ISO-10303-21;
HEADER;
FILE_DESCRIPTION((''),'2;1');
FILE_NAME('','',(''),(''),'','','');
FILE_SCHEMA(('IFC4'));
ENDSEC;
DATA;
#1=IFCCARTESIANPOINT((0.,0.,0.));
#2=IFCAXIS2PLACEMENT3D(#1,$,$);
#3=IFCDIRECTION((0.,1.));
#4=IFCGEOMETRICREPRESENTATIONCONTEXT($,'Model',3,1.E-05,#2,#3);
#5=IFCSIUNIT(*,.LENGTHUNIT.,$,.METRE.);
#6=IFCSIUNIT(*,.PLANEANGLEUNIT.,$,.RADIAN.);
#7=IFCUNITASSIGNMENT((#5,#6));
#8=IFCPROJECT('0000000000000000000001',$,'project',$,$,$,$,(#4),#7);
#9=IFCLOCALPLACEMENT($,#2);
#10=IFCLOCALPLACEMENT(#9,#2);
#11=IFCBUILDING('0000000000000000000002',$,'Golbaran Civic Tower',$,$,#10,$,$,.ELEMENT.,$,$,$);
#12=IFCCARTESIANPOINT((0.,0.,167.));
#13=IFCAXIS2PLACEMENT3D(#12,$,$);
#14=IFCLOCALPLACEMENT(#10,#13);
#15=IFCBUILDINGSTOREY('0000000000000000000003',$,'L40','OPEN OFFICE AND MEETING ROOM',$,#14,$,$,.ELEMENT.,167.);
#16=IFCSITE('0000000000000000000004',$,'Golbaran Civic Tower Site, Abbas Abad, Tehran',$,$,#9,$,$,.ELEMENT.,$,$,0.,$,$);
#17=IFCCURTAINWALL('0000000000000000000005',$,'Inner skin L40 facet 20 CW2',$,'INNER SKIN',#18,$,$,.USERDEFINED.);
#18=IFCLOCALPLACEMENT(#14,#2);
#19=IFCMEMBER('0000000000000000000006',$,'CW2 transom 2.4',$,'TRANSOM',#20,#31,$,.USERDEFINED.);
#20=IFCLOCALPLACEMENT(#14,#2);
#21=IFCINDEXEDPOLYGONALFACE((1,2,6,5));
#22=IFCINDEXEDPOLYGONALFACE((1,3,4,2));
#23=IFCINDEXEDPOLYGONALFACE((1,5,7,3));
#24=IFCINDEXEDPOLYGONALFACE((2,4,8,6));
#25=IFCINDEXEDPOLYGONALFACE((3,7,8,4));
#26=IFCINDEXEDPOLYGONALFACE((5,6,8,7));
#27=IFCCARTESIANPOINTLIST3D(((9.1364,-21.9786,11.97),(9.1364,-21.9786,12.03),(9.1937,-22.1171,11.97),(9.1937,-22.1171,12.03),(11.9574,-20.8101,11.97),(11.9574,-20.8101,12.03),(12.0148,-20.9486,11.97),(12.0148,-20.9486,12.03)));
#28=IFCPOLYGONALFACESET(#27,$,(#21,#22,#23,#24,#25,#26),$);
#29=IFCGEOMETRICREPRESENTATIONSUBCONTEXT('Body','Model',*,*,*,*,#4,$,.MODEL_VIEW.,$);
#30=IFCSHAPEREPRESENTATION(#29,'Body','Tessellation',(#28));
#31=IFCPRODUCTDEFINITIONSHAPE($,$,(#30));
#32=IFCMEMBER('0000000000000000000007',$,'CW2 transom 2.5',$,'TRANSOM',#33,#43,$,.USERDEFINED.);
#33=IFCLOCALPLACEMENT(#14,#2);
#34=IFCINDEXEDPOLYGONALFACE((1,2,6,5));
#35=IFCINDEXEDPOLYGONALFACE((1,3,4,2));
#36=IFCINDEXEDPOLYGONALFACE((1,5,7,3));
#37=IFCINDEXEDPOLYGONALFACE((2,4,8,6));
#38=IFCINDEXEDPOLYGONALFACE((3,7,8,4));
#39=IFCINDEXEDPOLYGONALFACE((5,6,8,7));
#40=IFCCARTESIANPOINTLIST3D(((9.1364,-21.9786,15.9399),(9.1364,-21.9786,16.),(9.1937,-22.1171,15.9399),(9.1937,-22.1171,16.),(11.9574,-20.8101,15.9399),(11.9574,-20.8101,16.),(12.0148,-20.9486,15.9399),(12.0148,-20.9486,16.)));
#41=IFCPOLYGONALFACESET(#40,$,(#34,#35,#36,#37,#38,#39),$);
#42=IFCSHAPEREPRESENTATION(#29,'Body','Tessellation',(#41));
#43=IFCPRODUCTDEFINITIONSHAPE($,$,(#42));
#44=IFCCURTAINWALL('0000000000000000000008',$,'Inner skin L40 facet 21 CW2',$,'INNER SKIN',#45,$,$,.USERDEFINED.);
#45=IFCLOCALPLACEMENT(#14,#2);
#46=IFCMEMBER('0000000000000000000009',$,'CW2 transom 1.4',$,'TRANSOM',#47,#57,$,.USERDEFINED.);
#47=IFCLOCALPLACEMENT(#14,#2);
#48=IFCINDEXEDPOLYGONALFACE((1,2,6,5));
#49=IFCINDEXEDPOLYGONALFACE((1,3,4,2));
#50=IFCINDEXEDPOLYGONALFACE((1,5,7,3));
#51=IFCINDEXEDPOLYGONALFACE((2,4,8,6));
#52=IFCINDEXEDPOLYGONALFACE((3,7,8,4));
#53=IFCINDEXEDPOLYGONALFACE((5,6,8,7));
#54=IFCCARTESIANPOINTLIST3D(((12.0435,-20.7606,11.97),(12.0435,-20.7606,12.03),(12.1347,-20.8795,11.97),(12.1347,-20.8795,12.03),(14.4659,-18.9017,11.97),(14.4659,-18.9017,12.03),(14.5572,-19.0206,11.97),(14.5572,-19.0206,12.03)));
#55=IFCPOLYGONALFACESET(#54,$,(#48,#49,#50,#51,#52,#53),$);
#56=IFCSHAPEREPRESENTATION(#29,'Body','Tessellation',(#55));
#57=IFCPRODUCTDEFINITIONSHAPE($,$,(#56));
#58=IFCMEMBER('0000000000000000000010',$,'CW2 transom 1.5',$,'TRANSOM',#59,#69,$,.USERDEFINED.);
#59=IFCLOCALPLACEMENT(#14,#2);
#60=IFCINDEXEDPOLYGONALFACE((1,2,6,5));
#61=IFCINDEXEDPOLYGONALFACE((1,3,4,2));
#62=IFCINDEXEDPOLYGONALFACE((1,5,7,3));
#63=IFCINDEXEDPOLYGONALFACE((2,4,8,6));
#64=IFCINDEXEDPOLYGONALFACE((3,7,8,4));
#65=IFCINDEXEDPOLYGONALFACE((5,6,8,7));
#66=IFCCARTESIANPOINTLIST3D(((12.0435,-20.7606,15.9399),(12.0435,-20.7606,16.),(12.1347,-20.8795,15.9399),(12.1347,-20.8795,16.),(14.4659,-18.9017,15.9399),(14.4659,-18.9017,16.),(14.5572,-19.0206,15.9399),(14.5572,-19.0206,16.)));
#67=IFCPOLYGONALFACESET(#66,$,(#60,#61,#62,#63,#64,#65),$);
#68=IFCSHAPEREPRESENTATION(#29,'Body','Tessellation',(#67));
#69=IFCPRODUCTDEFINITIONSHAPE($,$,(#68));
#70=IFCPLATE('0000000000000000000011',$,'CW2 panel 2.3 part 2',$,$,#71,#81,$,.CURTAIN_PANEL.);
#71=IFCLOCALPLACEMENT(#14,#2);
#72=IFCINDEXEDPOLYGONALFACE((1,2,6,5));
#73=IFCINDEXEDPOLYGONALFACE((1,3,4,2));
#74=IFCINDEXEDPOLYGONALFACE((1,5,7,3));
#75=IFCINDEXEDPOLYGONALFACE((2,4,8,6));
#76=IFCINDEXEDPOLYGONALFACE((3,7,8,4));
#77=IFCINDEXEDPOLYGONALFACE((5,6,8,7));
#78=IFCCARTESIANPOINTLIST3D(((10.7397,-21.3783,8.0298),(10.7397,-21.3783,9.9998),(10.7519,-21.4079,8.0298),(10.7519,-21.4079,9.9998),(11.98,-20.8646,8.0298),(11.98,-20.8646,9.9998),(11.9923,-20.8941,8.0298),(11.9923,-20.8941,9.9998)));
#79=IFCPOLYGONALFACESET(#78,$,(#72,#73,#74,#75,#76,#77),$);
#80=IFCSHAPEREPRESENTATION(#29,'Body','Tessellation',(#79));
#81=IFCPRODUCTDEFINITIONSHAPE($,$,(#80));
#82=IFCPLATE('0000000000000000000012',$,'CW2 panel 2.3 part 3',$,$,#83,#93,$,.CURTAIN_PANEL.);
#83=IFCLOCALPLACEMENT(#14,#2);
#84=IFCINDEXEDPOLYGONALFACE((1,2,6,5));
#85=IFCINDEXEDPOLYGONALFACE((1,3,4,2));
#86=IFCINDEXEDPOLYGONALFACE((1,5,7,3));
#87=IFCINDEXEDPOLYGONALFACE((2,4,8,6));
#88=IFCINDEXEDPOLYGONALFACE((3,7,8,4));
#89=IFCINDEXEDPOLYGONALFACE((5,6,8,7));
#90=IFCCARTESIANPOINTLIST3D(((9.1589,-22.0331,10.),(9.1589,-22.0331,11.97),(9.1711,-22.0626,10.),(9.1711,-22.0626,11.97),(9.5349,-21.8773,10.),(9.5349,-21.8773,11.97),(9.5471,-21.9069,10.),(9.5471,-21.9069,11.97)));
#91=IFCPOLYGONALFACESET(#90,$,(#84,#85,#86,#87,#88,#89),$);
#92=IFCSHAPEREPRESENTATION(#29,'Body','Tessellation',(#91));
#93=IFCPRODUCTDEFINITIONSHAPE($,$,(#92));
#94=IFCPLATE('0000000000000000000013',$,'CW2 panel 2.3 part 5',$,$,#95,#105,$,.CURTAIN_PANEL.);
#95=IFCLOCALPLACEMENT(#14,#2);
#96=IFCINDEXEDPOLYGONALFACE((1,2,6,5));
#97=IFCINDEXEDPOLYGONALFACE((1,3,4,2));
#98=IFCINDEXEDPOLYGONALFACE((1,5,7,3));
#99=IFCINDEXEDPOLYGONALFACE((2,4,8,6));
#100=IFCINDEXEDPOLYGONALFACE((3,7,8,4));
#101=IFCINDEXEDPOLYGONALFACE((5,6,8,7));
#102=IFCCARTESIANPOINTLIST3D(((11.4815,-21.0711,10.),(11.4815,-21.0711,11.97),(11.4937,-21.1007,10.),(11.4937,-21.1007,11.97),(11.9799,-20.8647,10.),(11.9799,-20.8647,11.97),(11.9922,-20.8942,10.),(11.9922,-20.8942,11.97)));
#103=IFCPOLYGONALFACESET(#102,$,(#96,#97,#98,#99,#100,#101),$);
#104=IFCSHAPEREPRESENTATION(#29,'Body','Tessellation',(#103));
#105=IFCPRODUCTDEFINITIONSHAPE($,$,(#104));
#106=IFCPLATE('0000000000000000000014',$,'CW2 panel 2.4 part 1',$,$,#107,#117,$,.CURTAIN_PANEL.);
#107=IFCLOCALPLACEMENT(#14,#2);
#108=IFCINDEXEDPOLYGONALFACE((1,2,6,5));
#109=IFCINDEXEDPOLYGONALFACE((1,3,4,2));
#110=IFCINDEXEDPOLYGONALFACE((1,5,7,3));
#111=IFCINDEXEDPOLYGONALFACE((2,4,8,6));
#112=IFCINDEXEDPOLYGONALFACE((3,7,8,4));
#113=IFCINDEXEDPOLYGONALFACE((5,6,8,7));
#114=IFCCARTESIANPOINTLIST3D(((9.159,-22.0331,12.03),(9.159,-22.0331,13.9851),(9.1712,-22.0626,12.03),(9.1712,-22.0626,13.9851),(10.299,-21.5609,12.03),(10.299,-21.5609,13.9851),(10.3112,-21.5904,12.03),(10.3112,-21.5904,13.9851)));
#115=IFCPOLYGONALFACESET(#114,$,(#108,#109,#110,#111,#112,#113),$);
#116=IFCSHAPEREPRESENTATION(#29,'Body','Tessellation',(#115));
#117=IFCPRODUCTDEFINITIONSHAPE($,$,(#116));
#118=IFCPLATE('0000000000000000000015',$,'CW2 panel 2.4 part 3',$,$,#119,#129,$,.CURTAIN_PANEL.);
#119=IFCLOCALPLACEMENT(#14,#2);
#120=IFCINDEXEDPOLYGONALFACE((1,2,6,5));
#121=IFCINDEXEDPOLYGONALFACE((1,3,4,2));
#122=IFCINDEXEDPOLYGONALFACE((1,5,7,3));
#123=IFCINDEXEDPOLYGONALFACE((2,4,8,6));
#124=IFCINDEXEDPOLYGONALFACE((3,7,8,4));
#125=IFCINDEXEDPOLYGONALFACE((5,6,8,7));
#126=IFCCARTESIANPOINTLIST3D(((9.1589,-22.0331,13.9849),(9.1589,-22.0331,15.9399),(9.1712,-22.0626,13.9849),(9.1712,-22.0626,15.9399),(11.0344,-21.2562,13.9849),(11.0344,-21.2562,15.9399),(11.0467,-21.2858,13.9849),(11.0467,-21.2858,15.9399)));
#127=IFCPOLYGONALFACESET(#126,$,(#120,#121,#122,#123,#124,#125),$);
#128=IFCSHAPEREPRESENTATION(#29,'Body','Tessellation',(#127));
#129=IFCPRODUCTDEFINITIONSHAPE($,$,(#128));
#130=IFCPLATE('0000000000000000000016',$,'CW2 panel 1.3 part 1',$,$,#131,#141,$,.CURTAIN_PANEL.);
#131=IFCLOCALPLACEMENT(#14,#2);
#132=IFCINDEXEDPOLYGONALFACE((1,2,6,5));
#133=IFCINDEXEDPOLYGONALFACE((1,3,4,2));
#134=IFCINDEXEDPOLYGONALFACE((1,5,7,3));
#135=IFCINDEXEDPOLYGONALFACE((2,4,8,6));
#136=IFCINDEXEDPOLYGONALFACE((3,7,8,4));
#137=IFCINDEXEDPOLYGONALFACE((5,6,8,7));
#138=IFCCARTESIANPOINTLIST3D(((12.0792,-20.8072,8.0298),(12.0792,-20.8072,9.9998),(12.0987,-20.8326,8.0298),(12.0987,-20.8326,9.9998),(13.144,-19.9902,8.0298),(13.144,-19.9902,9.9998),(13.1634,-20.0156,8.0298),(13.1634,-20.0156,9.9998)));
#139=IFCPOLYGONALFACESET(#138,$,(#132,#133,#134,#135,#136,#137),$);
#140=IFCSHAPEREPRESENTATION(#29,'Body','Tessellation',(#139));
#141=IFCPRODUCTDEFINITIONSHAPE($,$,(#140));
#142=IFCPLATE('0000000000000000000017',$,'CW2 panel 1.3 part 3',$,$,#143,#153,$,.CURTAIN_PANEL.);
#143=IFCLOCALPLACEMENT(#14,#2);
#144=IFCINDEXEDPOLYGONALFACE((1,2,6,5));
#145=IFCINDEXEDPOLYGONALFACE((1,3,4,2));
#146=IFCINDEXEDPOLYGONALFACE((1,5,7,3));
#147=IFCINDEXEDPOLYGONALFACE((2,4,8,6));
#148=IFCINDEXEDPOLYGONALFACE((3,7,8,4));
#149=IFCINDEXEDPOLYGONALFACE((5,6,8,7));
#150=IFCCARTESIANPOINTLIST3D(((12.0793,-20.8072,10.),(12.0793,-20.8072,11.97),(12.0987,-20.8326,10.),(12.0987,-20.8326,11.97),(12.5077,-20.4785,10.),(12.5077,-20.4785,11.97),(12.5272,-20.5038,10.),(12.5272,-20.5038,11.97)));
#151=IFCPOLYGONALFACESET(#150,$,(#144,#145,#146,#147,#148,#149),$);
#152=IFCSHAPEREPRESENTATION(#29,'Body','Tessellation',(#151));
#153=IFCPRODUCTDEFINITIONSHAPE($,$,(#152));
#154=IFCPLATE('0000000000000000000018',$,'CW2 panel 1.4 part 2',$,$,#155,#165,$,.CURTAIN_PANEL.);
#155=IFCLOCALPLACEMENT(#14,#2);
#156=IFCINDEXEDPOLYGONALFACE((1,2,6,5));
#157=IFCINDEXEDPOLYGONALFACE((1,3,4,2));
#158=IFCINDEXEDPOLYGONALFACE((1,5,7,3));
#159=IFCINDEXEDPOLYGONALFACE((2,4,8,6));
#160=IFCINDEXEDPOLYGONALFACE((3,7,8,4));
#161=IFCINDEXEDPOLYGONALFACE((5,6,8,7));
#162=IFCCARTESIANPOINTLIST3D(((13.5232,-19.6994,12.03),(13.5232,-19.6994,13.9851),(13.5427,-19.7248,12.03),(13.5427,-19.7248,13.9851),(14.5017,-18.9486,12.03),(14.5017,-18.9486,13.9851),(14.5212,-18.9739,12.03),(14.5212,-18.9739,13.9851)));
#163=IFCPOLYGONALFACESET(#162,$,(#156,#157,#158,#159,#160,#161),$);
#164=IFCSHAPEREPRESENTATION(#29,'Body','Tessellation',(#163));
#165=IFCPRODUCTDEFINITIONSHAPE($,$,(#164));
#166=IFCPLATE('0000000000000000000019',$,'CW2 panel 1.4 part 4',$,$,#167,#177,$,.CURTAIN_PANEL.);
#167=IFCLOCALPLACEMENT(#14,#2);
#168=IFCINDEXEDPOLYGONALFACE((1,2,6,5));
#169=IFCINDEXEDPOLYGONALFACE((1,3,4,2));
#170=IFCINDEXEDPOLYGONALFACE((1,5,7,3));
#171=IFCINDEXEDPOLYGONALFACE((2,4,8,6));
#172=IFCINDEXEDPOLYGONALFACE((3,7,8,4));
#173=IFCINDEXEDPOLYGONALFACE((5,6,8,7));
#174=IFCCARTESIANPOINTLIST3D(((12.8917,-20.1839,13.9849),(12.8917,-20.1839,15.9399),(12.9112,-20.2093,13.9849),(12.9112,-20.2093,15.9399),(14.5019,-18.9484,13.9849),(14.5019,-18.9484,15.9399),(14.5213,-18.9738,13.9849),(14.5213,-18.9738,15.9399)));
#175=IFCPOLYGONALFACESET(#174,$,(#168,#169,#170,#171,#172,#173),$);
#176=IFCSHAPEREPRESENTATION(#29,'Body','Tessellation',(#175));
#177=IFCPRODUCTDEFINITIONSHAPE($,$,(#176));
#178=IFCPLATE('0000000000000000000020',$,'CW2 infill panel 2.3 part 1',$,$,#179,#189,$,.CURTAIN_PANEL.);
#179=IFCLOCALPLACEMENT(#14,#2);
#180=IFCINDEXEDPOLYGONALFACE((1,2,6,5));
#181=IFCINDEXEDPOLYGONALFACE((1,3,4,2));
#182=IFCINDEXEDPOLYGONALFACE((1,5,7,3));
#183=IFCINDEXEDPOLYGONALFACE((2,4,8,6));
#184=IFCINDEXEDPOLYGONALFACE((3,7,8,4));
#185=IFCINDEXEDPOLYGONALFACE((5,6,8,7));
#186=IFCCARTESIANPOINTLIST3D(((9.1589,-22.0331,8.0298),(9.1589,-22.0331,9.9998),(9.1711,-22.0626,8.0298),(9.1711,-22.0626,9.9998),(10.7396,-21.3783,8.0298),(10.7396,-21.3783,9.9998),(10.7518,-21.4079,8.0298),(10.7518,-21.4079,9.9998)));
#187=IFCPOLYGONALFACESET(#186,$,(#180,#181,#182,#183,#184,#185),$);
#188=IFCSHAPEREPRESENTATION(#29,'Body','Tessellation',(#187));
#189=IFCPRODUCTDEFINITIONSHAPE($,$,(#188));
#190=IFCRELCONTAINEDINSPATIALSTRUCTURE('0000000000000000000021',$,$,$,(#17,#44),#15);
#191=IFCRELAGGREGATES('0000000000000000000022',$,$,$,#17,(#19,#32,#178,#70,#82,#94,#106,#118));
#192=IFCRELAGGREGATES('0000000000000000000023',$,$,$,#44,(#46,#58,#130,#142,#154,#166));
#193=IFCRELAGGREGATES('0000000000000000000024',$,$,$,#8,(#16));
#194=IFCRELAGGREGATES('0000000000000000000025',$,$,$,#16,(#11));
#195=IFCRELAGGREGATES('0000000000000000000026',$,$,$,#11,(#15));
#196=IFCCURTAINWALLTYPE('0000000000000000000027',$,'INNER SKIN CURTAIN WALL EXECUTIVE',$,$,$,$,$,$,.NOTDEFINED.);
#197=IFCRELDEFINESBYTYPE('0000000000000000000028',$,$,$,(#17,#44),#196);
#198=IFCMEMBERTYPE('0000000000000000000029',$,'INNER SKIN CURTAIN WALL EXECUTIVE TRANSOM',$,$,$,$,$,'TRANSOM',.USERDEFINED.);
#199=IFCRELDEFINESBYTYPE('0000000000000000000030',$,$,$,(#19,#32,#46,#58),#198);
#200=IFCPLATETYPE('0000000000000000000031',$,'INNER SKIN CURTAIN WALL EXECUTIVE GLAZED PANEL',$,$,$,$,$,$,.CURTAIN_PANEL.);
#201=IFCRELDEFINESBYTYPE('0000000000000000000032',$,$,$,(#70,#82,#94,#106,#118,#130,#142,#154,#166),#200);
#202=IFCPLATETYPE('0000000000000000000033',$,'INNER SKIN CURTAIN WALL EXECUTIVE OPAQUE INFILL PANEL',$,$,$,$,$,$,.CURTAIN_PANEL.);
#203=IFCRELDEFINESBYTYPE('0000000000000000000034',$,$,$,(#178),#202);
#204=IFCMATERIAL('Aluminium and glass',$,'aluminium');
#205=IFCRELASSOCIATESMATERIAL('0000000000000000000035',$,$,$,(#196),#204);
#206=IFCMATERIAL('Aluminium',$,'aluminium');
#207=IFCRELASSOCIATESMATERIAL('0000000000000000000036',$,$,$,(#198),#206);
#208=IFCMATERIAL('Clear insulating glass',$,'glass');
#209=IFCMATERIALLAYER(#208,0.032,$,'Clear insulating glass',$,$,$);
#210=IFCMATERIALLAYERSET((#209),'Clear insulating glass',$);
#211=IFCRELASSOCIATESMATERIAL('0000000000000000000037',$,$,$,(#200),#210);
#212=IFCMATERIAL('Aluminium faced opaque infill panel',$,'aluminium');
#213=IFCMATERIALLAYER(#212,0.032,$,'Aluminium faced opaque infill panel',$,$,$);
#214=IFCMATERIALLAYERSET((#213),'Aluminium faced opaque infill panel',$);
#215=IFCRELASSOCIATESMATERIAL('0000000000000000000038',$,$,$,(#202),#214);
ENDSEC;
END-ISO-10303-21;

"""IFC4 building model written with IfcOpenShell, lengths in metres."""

from ifc_helpers import new_model, si_unit, direction, frame, origin, origin_2d, place, context, subcontext, project, spatial, rectangle, extrude, material, layer, layer_set, material_profile, profile_set, type_object, element, aggregate, save


model = new_model("IFC4")

# Units and contexts
model_context = context("Model", 3, precision=1e-05, world=origin(), true_north=direction((0.0, 1.0)))
body_context = subcontext(model_context, "Body", "Model", "MODEL_VIEW")
ifc_project = project(units=[si_unit("LENGTHUNIT", "METRE"), si_unit("PLANEANGLEUNIT", "RADIAN")], contexts=[model_context])

# Site, building, storey
site_placement = place(None, origin())
site = spatial("IfcSite", under=ifc_project, at=site_placement, Name="Golbaran Civic Tower Site, Abbas Abad, Tehran", CompositionType="ELEMENT", RefElevation=0.0)
building_placement = place(site_placement, origin())
building = spatial("IfcBuilding", under=site, at=building_placement, Name="Golbaran Civic Tower", CompositionType="ELEMENT")
storey_placement = place(building_placement, frame((0.0, 0.0, 167.0)))
storey = spatial("IfcBuildingStorey", under=building, at=storey_placement, Name="L40", Description="OPEN OFFICE AND MEETING ROOM", CompositionType="ELEMENT", Elevation=167.0)

# Curtain walls, members
ifc_material_1 = material(Name="Aluminium and glass", Category="aluminium")
curtain_wall_type = type_object("IfcCurtainWallType", Name="INNER SKIN CURTAIN WALL EXECUTIVE", PredefinedType="NOTDEFINED", material=ifc_material_1)
curtain_wall_1_placement = place(storey_placement, origin())
curtain_wall_1 = element("IfcCurtainWall", 1, at=curtain_wall_1_placement, inside=storey, type_object=curtain_wall_type, Name="Inner skin L40 facet 20 CW2", ObjectType="INNER SKIN", PredefinedType="USERDEFINED")
ifc_material_2 = material(Name="Aluminium", Category="aluminium")
ifc_material_profile = material_profile(ifc_material_2, rectangle(XDim=0.1499, YDim=0.0601, at=origin_2d()), Name="INNER SKIN CURTAIN WALL EXECUTIVE TRANSOM")
ifc_profile_set = profile_set([ifc_material_profile], Name="Aluminium")
member_type = type_object("IfcMemberType", Name="INNER SKIN CURTAIN WALL EXECUTIVE TRANSOM", ElementType="TRANSOM", PredefinedType="USERDEFINED", material=ifc_profile_set)
member_1_placement = place(storey_placement, frame((9.165, -22.0479, 12.0), z_axis=(0.923886, 0.382667, 0.0), x_axis=(-0.382667, 0.923886, 0.0)))
member_1 = element("IfcMember", 2, at=member_1_placement, type_object=member_type, Name="CW2 transom 2.4", ObjectType="TRANSOM", PredefinedType="USERDEFINED", context=body_context, shape_type="SweptSolid", body=[
    extrude(rectangle(XDim=0.1499, YDim=0.0601, at=origin_2d()), origin(), (0.0, 0.0, 1.0), 3.0535),
])
member_2_placement = place(storey_placement, frame((9.165, -22.0479, 15.97), z_axis=(0.923886, 0.382667, 0.0), x_axis=(-0.382667, 0.923886, 0.0)))
member_2 = element("IfcMember", 3, at=member_2_placement, type_object=member_type, Name="CW2 transom 2.5", ObjectType="TRANSOM", PredefinedType="USERDEFINED", context=body_context, shape_type="SweptSolid", body=[
    extrude(rectangle(XDim=0.1499, YDim=0.0601, at=origin_2d()), origin(), (0.0, 0.0, 1.0), 3.0535),
])
curtain_wall_2_placement = place(storey_placement, origin())
curtain_wall_2 = element("IfcCurtainWall", 4, at=curtain_wall_2_placement, inside=storey, type_object=curtain_wall_type, Name="Inner skin L40 facet 21 CW2", ObjectType="INNER SKIN", PredefinedType="USERDEFINED")
member_3_placement = place(storey_placement, frame((12.0891, -20.8201, 12.0), z_axis=(0.793331, 0.608791, 0.0), x_axis=(-0.608791, 0.793331, 0.0)))
member_3 = element("IfcMember", 5, at=member_3_placement, type_object=member_type, Name="CW2 transom 1.4", ObjectType="TRANSOM", PredefinedType="USERDEFINED", context=body_context, shape_type="SweptSolid", body=[
    extrude(rectangle(XDim=0.1499, YDim=0.0601, at=origin_2d()), origin(), (0.0, 0.0, 1.0), 3.0535),
])
member_4_placement = place(storey_placement, frame((12.0891, -20.8201, 15.97), z_axis=(0.793331, 0.608791, 0.0), x_axis=(-0.608791, 0.793331, 0.0)))
member_4 = element("IfcMember", 6, at=member_4_placement, type_object=member_type, Name="CW2 transom 1.5", ObjectType="TRANSOM", PredefinedType="USERDEFINED", context=body_context, shape_type="SweptSolid", body=[
    extrude(rectangle(XDim=0.1499, YDim=0.0601, at=origin_2d()), origin(), (0.0, 0.0, 1.0), 3.0535),
])

# Plates
ifc_material_3 = material(Name="Clear insulating glass", Category="glass")
ifc_layer_1 = layer(ifc_material_3, 0.032, Name="Clear insulating glass")
ifc_layer_set_1 = layer_set([ifc_layer_1], Name="Clear insulating glass")
plate_type_1 = type_object("IfcPlateType", Name="INNER SKIN CURTAIN WALL EXECUTIVE GLAZED PANEL", PredefinedType="CURTAIN_PANEL", material=ifc_layer_set_1)
plate_1_placement = place(storey_placement, frame((11.366, -21.1362, 8.0298), z_axis=(0.0, 0.0, 1.0), x_axis=(0.92388, 0.382683, 0.0)))
plate_1 = element("IfcPlate", 7, at=plate_1_placement, type_object=plate_type_1, Name="CW2 panel 2.3 part 2", PredefinedType="CURTAIN_PANEL", context=body_context, shape_type="SweptSolid", body=[
    extrude(rectangle(XDim=1.3425, YDim=0.032, at=origin_2d()), origin(), (0.0, 0.0, 1.0), 1.97),
])
plate_2_placement = place(storey_placement, frame((9.353, -21.97, 10.0), z_axis=(0.0, 0.0, 1.0), x_axis=(0.92388, 0.382683, 0.0)))
plate_2 = element("IfcPlate", 8, at=plate_2_placement, type_object=plate_type_1, Name="CW2 panel 2.3 part 3", PredefinedType="CURTAIN_PANEL", context=body_context, shape_type="SweptSolid", body=[
    extrude(rectangle(XDim=0.407, YDim=0.032, at=origin_2d()), origin(), (0.0, 0.0, 1.0), 1.97),
])
plate_3_placement = place(storey_placement, frame((11.7368, -20.9827, 10.0), z_axis=(0.0, 0.0, 1.0), x_axis=(0.92388, 0.382683, 0.0)))
plate_3 = element("IfcPlate", 9, at=plate_3_placement, type_object=plate_type_1, Name="CW2 panel 2.3 part 5", PredefinedType="CURTAIN_PANEL", context=body_context, shape_type="SweptSolid", body=[
    extrude(rectangle(XDim=0.5396, YDim=0.032, at=origin_2d()), origin(), (0.0, 0.0, 1.0), 1.97),
])
plate_4_placement = place(storey_placement, frame((9.7351, -21.8118, 12.03), z_axis=(0.0, 0.0, 1.0), x_axis=(0.92388, 0.382683, 0.0)))
plate_4 = element("IfcPlate", 10, at=plate_4_placement, type_object=plate_type_1, Name="CW2 panel 2.4 part 1", PredefinedType="CURTAIN_PANEL", context=body_context, shape_type="SweptSolid", body=[
    extrude(rectangle(XDim=1.2339, YDim=0.032, at=origin_2d()), origin(), (0.0, 0.0, 1.0), 1.9551),
])
plate_5_placement = place(storey_placement, frame((10.1028, -21.6594, 13.9849), z_axis=(0.0, 0.0, 1.0), x_axis=(0.92388, 0.382683, 0.0)))
plate_5 = element("IfcPlate", 11, at=plate_5_placement, type_object=plate_type_1, Name="CW2 panel 2.4 part 3", PredefinedType="CURTAIN_PANEL", context=body_context, shape_type="SweptSolid", body=[
    extrude(rectangle(XDim=2.03, YDim=0.032, at=origin_2d()), origin(), (0.0, 0.0, 1.0), 1.9551),
])
plate_6_placement = place(storey_placement, frame((12.6213, -20.4114, 8.0298), z_axis=(0.0, 0.0, 1.0), x_axis=(0.793353, 0.608761, 0.0)))
plate_6 = element("IfcPlate", 12, at=plate_6_placement, type_object=plate_type_1, Name="CW2 panel 1.3 part 1", PredefinedType="CURTAIN_PANEL", context=body_context, shape_type="SweptSolid", body=[
    extrude(rectangle(XDim=1.342, YDim=0.032, at=origin_2d()), origin(), (0.0, 0.0, 1.0), 1.97),
])
plate_7_placement = place(storey_placement, frame((12.3032, -20.6555, 10.0), z_axis=(0.0, 0.0, 1.0), x_axis=(0.793353, 0.608761, 0.0)))
plate_7 = element("IfcPlate", 13, at=plate_7_placement, type_object=plate_type_1, Name="CW2 panel 1.3 part 3", PredefinedType="CURTAIN_PANEL", context=body_context, shape_type="SweptSolid", body=[
    extrude(rectangle(XDim=0.54, YDim=0.032, at=origin_2d()), origin(), (0.0, 0.0, 1.0), 1.97),
])
plate_8_placement = place(storey_placement, frame((14.0222, -19.3367, 12.03), z_axis=(0.0, 0.0, 1.0), x_axis=(0.793353, 0.608761, 0.0)))
plate_8 = element("IfcPlate", 14, at=plate_8_placement, type_object=plate_type_1, Name="CW2 panel 1.4 part 2", PredefinedType="CURTAIN_PANEL", context=body_context, shape_type="SweptSolid", body=[
    extrude(rectangle(XDim=1.2334, YDim=0.032, at=origin_2d()), origin(), (0.0, 0.0, 1.0), 1.9551),
])
plate_9_placement = place(storey_placement, frame((13.7065, -19.5789, 13.9849), z_axis=(0.0, 0.0, 1.0), x_axis=(0.793353, 0.608761, 0.0)))
plate_9 = element("IfcPlate", 15, at=plate_9_placement, type_object=plate_type_1, Name="CW2 panel 1.4 part 4", PredefinedType="CURTAIN_PANEL", context=body_context, shape_type="SweptSolid", body=[
    extrude(rectangle(XDim=2.0295, YDim=0.032, at=origin_2d()), origin(), (0.0, 0.0, 1.0), 1.9551),
])
ifc_material_4 = material(Name="Aluminium faced opaque infill panel", Category="aluminium")
ifc_layer_2 = layer(ifc_material_4, 0.032, Name="Aluminium faced opaque infill panel")
ifc_layer_set_2 = layer_set([ifc_layer_2], Name="Aluminium faced opaque infill panel")
plate_type_2 = type_object("IfcPlateType", Name="INNER SKIN CURTAIN WALL EXECUTIVE OPAQUE INFILL PANEL", PredefinedType="CURTAIN_PANEL", material=ifc_layer_set_2)
plate_10_placement = place(storey_placement, frame((9.9553, -21.7205, 8.0298), z_axis=(0.0, 0.0, 1.0), x_axis=(0.92388, 0.382683, 0.0)))
plate_10 = element("IfcPlate", 16, at=plate_10_placement, type_object=plate_type_2, Name="CW2 infill panel 2.3 part 1", PredefinedType="CURTAIN_PANEL", context=body_context, shape_type="SweptSolid", body=[
    extrude(rectangle(XDim=1.7109, YDim=0.032, at=origin_2d()), origin(), (0.0, 0.0, 1.0), 1.97),
])
aggregate(curtain_wall_1, [member_1, member_2, plate_10, plate_1, plate_2, plate_3, plate_4, plate_5])
aggregate(curtain_wall_2, [member_3, member_4, plate_6, plate_7, plate_8, plate_9])

save(model, "model.ifc")
